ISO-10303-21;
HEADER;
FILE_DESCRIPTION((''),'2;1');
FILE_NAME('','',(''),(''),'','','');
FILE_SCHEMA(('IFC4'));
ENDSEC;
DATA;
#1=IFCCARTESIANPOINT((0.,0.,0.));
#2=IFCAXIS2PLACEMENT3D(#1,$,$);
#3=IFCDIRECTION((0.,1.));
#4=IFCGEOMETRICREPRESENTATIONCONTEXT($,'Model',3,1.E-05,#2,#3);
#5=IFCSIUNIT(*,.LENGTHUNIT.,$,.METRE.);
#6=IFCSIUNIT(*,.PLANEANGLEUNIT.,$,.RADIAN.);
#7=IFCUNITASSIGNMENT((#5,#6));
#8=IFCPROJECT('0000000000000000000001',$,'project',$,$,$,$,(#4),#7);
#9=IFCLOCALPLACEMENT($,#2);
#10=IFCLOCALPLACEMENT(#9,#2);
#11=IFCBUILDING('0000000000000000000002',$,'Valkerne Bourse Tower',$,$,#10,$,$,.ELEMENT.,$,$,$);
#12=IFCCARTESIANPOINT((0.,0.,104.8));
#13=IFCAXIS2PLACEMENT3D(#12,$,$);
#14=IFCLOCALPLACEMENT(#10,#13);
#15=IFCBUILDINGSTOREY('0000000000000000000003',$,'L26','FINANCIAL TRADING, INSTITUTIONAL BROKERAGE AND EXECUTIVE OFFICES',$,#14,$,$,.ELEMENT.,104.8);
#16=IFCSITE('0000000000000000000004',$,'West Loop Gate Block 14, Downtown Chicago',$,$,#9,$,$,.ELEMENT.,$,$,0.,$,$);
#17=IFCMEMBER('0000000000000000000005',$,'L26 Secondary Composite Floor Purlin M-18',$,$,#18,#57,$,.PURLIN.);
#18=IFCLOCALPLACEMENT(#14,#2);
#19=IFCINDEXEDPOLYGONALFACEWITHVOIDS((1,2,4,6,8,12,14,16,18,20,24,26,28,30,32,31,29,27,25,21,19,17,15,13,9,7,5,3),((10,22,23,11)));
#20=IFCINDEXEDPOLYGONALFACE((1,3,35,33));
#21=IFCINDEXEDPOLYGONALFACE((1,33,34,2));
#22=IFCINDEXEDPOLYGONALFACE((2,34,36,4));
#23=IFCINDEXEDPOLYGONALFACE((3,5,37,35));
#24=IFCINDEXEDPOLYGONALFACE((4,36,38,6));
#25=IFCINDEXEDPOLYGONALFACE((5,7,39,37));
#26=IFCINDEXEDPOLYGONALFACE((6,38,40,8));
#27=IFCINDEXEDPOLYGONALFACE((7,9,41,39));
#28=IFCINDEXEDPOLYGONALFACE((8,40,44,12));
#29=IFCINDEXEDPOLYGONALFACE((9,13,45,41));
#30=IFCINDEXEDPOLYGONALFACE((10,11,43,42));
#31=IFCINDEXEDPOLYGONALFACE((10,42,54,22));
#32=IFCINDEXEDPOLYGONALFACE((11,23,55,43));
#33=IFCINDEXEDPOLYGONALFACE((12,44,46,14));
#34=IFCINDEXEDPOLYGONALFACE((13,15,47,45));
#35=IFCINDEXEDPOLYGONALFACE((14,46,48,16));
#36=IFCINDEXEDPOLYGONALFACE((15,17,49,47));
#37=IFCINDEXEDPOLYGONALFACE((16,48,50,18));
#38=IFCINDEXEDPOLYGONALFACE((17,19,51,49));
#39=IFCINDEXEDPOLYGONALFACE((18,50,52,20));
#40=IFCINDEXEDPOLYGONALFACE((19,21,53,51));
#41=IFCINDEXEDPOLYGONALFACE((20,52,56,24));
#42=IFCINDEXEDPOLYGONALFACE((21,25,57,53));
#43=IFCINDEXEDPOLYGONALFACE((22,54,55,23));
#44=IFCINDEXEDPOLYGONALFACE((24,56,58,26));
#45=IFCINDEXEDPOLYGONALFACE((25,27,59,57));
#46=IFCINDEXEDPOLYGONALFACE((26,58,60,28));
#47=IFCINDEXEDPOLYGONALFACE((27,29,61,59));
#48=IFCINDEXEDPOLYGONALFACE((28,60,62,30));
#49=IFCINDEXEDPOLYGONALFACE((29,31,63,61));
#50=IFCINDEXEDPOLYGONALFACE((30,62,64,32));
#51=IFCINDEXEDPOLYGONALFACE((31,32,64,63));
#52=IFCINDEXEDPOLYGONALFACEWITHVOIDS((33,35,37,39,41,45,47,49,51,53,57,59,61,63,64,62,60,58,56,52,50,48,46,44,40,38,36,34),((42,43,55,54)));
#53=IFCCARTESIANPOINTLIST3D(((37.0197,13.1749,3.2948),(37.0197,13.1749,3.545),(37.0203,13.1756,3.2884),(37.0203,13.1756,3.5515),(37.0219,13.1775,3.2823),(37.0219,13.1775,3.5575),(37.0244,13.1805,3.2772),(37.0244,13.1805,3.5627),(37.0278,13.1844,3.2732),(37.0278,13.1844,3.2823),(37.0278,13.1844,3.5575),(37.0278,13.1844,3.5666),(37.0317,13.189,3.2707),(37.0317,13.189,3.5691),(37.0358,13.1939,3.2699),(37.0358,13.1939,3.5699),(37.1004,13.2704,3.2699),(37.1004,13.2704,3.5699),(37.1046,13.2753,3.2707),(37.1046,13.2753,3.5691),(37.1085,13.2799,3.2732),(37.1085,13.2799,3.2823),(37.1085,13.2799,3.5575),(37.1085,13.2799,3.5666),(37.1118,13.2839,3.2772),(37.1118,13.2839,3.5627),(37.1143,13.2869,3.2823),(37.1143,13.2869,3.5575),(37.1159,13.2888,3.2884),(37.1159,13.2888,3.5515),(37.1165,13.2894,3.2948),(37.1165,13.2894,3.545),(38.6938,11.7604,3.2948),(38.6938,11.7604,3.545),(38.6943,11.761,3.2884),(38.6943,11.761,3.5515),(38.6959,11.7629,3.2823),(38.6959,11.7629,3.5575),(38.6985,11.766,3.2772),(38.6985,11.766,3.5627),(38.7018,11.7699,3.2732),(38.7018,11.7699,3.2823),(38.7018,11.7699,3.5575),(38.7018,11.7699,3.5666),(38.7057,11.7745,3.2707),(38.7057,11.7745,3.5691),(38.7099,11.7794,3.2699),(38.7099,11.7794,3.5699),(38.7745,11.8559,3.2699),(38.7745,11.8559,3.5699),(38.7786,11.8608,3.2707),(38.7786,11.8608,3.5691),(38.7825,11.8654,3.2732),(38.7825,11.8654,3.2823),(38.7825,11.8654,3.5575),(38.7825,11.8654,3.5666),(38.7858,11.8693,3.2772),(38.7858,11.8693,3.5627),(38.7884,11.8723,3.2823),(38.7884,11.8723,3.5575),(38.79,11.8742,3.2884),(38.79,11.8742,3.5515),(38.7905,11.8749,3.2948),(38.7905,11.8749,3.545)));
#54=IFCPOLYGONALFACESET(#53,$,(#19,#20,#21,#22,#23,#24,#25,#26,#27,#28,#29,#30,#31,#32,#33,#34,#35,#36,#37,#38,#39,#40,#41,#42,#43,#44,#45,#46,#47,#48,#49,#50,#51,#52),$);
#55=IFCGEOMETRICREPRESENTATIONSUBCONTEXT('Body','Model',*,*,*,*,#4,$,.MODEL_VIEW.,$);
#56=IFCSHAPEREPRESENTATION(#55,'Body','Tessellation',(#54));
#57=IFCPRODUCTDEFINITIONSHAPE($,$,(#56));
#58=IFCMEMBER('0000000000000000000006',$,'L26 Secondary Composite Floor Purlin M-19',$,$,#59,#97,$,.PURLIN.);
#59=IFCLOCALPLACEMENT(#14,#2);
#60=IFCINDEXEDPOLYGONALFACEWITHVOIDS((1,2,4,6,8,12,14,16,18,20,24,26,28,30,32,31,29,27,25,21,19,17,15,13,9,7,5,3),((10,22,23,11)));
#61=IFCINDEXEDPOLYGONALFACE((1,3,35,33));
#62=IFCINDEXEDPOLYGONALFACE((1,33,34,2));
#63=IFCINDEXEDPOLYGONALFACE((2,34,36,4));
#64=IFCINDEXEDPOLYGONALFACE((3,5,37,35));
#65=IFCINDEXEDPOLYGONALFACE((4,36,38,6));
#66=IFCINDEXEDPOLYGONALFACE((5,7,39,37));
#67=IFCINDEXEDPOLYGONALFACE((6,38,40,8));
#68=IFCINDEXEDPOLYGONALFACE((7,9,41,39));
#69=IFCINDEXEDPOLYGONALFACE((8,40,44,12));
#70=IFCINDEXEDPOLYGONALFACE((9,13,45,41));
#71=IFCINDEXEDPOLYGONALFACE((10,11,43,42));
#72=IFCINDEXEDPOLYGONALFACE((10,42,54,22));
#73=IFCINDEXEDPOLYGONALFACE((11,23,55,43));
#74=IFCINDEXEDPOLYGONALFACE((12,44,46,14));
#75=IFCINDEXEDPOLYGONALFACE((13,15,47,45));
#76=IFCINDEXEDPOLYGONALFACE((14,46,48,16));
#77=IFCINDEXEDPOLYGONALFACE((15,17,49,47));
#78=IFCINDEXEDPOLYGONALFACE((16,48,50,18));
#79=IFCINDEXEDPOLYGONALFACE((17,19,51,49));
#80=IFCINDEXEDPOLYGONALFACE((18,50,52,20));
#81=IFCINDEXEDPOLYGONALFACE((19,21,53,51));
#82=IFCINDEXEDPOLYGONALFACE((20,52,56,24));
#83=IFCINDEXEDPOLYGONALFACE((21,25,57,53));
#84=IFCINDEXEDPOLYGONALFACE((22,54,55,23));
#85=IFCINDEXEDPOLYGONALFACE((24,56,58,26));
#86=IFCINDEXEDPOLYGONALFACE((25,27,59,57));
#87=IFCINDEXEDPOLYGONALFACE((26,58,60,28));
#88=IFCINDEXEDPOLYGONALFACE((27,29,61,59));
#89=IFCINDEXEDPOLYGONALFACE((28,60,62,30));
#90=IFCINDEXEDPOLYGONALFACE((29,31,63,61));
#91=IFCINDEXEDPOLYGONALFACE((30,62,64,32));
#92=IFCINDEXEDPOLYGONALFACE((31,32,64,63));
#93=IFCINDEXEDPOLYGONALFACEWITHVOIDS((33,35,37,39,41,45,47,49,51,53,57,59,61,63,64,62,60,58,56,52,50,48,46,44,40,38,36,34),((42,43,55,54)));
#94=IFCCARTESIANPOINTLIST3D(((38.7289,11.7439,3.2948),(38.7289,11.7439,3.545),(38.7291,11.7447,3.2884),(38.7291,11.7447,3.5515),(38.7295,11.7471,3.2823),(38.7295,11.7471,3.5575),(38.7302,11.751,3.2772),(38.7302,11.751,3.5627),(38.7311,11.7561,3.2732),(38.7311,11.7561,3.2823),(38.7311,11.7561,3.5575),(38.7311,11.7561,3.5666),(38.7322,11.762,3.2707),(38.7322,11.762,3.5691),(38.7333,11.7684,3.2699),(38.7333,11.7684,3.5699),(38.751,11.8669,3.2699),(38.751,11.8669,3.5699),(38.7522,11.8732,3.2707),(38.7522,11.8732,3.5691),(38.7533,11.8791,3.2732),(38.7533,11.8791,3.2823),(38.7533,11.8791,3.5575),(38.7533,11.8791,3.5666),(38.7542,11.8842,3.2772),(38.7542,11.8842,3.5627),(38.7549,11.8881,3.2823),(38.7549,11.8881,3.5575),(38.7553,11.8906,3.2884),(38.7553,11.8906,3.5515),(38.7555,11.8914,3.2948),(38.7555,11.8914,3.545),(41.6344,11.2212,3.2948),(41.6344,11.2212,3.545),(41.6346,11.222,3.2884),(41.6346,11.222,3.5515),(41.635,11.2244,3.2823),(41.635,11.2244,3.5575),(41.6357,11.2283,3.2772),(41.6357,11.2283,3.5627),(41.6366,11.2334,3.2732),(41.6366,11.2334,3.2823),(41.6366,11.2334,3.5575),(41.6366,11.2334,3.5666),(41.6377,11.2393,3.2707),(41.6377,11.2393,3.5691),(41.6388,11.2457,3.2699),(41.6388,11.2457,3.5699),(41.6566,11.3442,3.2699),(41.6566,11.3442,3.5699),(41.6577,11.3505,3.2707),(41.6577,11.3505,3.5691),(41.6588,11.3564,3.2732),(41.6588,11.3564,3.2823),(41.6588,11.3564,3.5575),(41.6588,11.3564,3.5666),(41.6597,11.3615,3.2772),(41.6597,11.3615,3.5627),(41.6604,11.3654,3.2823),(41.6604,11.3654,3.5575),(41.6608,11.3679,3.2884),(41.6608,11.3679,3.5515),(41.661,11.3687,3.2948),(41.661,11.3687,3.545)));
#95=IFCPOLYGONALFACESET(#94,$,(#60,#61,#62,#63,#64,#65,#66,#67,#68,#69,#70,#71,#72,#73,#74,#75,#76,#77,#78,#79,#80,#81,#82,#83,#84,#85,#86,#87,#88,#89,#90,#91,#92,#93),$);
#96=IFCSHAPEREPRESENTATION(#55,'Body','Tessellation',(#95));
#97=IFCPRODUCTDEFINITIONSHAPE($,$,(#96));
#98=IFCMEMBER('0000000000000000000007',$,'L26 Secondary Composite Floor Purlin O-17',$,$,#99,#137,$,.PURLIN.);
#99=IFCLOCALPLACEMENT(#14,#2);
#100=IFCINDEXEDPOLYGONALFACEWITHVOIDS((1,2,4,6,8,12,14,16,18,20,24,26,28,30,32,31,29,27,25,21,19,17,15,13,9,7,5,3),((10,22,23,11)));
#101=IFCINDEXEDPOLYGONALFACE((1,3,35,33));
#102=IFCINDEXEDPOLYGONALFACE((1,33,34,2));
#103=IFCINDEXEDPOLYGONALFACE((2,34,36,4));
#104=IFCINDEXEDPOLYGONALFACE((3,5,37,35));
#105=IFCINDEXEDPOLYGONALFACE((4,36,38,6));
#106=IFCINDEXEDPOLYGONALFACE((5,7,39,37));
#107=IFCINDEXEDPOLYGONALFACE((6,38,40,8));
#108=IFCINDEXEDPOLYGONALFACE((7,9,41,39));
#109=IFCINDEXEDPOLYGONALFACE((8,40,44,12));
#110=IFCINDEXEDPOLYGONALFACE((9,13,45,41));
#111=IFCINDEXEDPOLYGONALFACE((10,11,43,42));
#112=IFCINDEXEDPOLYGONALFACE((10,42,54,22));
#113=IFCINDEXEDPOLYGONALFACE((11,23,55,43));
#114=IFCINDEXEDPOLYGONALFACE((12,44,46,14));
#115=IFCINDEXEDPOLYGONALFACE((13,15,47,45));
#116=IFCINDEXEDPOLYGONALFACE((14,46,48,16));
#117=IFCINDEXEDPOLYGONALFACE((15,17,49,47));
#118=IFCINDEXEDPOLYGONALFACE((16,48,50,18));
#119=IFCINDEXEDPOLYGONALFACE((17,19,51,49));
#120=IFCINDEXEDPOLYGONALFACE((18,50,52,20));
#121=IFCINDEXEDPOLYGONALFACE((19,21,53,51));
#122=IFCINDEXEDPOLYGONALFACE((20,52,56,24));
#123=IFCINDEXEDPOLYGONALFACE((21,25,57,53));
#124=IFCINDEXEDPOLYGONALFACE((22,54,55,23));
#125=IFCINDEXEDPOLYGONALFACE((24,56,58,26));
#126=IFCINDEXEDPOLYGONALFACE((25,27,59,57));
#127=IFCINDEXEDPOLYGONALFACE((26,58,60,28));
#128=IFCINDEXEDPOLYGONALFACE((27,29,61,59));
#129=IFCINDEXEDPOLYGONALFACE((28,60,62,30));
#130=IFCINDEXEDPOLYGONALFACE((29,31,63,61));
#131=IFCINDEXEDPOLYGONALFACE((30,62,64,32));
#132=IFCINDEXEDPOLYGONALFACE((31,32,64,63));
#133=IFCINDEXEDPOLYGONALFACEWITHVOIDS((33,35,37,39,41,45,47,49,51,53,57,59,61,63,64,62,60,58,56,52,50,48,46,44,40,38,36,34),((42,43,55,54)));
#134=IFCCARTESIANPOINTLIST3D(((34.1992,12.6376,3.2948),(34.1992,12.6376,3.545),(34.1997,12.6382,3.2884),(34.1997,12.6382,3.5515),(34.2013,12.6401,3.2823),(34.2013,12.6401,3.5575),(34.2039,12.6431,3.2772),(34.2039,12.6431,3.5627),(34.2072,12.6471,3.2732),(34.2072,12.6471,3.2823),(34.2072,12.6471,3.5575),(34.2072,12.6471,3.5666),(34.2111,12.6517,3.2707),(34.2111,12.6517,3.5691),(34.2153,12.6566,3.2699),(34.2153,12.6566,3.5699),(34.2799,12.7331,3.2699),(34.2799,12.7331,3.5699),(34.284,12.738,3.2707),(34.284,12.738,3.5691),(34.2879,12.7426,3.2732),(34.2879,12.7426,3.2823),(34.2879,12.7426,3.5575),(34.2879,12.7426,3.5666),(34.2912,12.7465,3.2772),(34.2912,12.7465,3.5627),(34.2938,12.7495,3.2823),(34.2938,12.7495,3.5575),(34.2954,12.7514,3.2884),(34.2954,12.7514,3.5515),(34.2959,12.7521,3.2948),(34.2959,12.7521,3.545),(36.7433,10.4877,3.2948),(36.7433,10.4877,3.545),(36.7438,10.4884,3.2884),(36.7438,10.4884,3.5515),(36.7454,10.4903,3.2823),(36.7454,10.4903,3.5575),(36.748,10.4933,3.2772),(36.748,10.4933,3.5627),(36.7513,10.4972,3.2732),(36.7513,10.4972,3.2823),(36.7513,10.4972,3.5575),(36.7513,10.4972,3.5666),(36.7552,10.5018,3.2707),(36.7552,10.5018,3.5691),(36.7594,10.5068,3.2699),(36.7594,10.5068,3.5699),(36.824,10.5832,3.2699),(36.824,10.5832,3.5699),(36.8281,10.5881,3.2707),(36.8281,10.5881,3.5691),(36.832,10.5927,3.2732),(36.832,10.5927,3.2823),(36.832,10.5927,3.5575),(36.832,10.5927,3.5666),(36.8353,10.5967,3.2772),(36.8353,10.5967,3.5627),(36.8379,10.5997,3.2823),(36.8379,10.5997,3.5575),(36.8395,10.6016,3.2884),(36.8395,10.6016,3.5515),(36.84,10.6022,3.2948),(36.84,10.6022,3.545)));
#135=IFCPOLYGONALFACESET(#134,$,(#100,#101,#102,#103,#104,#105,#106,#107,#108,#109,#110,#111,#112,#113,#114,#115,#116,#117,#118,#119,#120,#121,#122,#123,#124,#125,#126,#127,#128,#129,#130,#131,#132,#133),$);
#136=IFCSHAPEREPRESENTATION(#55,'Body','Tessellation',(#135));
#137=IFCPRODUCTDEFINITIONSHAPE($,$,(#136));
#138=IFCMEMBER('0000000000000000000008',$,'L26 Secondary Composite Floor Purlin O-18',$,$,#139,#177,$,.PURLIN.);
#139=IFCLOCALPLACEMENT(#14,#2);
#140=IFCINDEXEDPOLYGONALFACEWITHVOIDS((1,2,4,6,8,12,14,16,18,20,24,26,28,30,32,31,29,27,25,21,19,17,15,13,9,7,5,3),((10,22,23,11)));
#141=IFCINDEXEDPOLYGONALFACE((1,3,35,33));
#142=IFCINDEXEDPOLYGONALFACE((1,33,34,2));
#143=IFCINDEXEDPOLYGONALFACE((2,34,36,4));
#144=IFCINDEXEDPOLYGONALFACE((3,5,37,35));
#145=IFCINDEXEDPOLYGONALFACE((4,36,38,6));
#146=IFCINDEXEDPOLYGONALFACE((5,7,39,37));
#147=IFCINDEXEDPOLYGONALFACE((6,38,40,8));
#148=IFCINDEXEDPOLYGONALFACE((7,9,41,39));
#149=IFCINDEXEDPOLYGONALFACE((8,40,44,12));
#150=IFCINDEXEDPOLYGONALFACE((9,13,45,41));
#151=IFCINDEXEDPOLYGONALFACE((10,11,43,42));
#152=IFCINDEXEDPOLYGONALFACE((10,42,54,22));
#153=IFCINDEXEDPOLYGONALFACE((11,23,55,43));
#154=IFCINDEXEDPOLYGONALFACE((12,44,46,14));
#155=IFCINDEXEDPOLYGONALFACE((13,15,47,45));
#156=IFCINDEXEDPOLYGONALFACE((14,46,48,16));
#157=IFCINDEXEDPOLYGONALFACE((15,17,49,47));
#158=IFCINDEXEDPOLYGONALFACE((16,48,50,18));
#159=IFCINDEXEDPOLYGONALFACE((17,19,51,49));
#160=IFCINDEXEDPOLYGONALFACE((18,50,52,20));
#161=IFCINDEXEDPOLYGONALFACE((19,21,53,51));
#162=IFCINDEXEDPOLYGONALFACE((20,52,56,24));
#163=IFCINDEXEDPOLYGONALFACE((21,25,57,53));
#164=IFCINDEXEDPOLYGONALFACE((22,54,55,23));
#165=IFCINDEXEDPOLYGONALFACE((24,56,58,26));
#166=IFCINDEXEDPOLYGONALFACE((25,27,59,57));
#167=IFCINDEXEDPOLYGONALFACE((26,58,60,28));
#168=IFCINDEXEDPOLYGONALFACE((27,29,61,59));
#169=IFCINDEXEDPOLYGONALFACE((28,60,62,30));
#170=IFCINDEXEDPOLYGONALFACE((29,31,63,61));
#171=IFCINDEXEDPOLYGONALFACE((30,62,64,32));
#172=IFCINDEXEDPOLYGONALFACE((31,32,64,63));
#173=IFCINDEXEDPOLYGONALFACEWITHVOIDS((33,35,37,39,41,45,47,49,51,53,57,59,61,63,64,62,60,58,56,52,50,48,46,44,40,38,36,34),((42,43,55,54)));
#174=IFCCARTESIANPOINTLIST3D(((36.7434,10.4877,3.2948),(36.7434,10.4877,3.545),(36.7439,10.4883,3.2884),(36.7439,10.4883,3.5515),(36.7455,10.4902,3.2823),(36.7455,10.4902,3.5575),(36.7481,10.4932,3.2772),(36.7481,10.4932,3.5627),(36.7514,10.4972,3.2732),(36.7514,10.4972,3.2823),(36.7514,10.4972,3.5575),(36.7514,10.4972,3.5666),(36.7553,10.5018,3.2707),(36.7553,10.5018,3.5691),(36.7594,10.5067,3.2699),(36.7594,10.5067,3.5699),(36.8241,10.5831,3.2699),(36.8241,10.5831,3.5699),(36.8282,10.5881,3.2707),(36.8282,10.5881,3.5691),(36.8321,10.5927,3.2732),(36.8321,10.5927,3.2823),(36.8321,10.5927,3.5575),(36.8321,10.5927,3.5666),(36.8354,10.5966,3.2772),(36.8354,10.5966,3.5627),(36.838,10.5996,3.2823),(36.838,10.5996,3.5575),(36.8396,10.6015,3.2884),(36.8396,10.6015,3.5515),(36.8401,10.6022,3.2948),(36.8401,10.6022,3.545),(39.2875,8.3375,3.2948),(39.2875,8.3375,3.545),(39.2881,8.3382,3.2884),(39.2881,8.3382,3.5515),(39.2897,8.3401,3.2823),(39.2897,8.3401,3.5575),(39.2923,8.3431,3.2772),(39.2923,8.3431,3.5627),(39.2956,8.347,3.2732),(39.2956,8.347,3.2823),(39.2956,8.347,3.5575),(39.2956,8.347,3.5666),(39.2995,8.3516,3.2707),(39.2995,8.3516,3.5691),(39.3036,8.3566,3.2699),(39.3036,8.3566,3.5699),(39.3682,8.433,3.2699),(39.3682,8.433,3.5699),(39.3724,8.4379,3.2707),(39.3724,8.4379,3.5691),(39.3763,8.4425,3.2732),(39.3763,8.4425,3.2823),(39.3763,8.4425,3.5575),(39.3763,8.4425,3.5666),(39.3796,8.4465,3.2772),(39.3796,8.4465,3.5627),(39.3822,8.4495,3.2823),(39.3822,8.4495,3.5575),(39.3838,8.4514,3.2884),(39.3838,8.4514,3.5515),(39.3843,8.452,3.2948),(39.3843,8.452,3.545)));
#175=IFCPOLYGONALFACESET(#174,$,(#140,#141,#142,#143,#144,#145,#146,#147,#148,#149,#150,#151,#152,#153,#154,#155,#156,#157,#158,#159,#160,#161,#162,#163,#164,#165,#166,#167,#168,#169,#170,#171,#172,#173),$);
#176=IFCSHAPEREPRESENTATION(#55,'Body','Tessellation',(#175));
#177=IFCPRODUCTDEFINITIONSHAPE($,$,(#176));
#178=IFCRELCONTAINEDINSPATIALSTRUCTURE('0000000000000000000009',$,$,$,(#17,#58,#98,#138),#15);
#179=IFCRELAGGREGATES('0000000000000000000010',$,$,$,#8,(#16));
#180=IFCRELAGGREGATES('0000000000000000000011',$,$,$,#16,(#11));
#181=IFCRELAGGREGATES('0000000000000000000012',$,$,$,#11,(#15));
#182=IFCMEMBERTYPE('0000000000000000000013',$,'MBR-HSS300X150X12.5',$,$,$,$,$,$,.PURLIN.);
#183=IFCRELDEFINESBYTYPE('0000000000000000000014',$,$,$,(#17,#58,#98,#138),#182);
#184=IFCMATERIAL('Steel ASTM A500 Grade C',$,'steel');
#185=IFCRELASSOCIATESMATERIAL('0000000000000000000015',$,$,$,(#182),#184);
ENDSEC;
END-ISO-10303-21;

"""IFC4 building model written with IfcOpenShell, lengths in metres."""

from ifc_helpers import new_model, si_unit, direction, frame, origin, origin_2d, place, context, subcontext, project, spatial, hollow_rectangle, extrude, material, material_profile, profile_set, type_object, element, save


model = new_model("IFC4")

# Units and contexts
model_context = context("Model", 3, precision=1e-05, world=origin(), true_north=direction((0.0, 1.0)))
body_context = subcontext(model_context, "Body", "Model", "MODEL_VIEW")
ifc_project = project(units=[si_unit("LENGTHUNIT", "METRE"), si_unit("PLANEANGLEUNIT", "RADIAN")], contexts=[model_context])

# Site, building, storey
site_placement = place(None, origin())
site = spatial("IfcSite", under=ifc_project, at=site_placement, Name="West Loop Gate Block 14, Downtown Chicago", CompositionType="ELEMENT", RefElevation=0.0)
building_placement = place(site_placement, origin())
building = spatial("IfcBuilding", under=site, at=building_placement, Name="Valkerne Bourse Tower", CompositionType="ELEMENT")
storey_placement = place(building_placement, frame((0.0, 0.0, 104.8)))
storey = spatial("IfcBuildingStorey", under=building, at=storey_placement, Name="L26", Description="FINANCIAL TRADING, INSTITUTIONAL BROKERAGE AND EXECUTIVE OFFICES", CompositionType="ELEMENT", Elevation=104.8)

# Members
ifc_material_1 = material(Name="Steel ASTM A500 Grade C", Category="steel")
ifc_material_profile_1 = material_profile(ifc_material_1, hollow_rectangle(XDim=0.1499, YDim=0.3, WallThickness=0.0125, OuterFilletRadius=0.0249, at=origin_2d()), Name="HSS300X150X12.5")
ifc_profile_set_1 = profile_set([ifc_material_profile_1], Name="Steel ASTM A500 Grade C")
member_type_1 = type_object("IfcMemberType", Name="MBR-HSS300X150X12.5", PredefinedType="PURLIN", material=ifc_profile_set_1)
member_1_placement = place(storey_placement, frame((37.0681, 13.2322, 3.4199), z_axis=(0.76383, -0.645418, 0.0), x_axis=(0.645418, 0.76383, 0.0)))
element("IfcMember", 1, at=member_1_placement, inside=storey, type_object=member_type_1, Name="L26 Secondary Composite Floor Purlin M-18", PredefinedType="PURLIN", context=body_context, shape_type="SweptSolid", body=[
    extrude(hollow_rectangle(XDim=0.1499, YDim=0.3, WallThickness=0.0125, OuterFilletRadius=0.0249, at=origin_2d()), origin(), (0.0, 0.0, 1.0), 2.1917),
])
member_2_placement = place(storey_placement, frame((38.7422, 11.8176, 3.4199), z_axis=(0.9842, -0.177058, 0.0), x_axis=(0.177058, 0.9842, 0.0)))
element("IfcMember", 2, at=member_2_placement, inside=storey, type_object=member_type_1, Name="L26 Secondary Composite Floor Purlin M-19", PredefinedType="PURLIN", context=body_context, shape_type="SweptSolid", body=[
    extrude(hollow_rectangle(XDim=0.1499, YDim=0.3, WallThickness=0.0125, OuterFilletRadius=0.0249, at=origin_2d()), origin(), (0.0, 0.0, 1.0), 2.9521),
])
member_3_placement = place(storey_placement, frame((34.2476, 12.6948, 3.4199), z_axis=(0.763811, -0.645439, 0.0), x_axis=(0.645439, 0.763811, 0.0)))
element("IfcMember", 3, at=member_3_placement, inside=storey, type_object=member_type_1, Name="L26 Secondary Composite Floor Purlin O-17", PredefinedType="PURLIN", context=body_context, shape_type="SweptSolid", body=[
    extrude(hollow_rectangle(XDim=0.1499, YDim=0.3, WallThickness=0.0125, OuterFilletRadius=0.0249, at=origin_2d()), origin(), (0.0, 0.0, 1.0), 3.3308),
])
member_4_placement = place(storey_placement, frame((36.7917, 10.5449, 3.4199), z_axis=(0.763775, -0.645482, 0.0), x_axis=(0.645482, 0.763775, 0.0)))
element("IfcMember", 4, at=member_4_placement, inside=storey, type_object=member_type_1, Name="L26 Secondary Composite Floor Purlin O-18", PredefinedType="PURLIN", context=body_context, shape_type="SweptSolid", body=[
    extrude(hollow_rectangle(XDim=0.1499, YDim=0.3, WallThickness=0.0125, OuterFilletRadius=0.0249, at=origin_2d()), origin(), (0.0, 0.0, 1.0), 3.3311),
])

save(model, "model.ifc")
